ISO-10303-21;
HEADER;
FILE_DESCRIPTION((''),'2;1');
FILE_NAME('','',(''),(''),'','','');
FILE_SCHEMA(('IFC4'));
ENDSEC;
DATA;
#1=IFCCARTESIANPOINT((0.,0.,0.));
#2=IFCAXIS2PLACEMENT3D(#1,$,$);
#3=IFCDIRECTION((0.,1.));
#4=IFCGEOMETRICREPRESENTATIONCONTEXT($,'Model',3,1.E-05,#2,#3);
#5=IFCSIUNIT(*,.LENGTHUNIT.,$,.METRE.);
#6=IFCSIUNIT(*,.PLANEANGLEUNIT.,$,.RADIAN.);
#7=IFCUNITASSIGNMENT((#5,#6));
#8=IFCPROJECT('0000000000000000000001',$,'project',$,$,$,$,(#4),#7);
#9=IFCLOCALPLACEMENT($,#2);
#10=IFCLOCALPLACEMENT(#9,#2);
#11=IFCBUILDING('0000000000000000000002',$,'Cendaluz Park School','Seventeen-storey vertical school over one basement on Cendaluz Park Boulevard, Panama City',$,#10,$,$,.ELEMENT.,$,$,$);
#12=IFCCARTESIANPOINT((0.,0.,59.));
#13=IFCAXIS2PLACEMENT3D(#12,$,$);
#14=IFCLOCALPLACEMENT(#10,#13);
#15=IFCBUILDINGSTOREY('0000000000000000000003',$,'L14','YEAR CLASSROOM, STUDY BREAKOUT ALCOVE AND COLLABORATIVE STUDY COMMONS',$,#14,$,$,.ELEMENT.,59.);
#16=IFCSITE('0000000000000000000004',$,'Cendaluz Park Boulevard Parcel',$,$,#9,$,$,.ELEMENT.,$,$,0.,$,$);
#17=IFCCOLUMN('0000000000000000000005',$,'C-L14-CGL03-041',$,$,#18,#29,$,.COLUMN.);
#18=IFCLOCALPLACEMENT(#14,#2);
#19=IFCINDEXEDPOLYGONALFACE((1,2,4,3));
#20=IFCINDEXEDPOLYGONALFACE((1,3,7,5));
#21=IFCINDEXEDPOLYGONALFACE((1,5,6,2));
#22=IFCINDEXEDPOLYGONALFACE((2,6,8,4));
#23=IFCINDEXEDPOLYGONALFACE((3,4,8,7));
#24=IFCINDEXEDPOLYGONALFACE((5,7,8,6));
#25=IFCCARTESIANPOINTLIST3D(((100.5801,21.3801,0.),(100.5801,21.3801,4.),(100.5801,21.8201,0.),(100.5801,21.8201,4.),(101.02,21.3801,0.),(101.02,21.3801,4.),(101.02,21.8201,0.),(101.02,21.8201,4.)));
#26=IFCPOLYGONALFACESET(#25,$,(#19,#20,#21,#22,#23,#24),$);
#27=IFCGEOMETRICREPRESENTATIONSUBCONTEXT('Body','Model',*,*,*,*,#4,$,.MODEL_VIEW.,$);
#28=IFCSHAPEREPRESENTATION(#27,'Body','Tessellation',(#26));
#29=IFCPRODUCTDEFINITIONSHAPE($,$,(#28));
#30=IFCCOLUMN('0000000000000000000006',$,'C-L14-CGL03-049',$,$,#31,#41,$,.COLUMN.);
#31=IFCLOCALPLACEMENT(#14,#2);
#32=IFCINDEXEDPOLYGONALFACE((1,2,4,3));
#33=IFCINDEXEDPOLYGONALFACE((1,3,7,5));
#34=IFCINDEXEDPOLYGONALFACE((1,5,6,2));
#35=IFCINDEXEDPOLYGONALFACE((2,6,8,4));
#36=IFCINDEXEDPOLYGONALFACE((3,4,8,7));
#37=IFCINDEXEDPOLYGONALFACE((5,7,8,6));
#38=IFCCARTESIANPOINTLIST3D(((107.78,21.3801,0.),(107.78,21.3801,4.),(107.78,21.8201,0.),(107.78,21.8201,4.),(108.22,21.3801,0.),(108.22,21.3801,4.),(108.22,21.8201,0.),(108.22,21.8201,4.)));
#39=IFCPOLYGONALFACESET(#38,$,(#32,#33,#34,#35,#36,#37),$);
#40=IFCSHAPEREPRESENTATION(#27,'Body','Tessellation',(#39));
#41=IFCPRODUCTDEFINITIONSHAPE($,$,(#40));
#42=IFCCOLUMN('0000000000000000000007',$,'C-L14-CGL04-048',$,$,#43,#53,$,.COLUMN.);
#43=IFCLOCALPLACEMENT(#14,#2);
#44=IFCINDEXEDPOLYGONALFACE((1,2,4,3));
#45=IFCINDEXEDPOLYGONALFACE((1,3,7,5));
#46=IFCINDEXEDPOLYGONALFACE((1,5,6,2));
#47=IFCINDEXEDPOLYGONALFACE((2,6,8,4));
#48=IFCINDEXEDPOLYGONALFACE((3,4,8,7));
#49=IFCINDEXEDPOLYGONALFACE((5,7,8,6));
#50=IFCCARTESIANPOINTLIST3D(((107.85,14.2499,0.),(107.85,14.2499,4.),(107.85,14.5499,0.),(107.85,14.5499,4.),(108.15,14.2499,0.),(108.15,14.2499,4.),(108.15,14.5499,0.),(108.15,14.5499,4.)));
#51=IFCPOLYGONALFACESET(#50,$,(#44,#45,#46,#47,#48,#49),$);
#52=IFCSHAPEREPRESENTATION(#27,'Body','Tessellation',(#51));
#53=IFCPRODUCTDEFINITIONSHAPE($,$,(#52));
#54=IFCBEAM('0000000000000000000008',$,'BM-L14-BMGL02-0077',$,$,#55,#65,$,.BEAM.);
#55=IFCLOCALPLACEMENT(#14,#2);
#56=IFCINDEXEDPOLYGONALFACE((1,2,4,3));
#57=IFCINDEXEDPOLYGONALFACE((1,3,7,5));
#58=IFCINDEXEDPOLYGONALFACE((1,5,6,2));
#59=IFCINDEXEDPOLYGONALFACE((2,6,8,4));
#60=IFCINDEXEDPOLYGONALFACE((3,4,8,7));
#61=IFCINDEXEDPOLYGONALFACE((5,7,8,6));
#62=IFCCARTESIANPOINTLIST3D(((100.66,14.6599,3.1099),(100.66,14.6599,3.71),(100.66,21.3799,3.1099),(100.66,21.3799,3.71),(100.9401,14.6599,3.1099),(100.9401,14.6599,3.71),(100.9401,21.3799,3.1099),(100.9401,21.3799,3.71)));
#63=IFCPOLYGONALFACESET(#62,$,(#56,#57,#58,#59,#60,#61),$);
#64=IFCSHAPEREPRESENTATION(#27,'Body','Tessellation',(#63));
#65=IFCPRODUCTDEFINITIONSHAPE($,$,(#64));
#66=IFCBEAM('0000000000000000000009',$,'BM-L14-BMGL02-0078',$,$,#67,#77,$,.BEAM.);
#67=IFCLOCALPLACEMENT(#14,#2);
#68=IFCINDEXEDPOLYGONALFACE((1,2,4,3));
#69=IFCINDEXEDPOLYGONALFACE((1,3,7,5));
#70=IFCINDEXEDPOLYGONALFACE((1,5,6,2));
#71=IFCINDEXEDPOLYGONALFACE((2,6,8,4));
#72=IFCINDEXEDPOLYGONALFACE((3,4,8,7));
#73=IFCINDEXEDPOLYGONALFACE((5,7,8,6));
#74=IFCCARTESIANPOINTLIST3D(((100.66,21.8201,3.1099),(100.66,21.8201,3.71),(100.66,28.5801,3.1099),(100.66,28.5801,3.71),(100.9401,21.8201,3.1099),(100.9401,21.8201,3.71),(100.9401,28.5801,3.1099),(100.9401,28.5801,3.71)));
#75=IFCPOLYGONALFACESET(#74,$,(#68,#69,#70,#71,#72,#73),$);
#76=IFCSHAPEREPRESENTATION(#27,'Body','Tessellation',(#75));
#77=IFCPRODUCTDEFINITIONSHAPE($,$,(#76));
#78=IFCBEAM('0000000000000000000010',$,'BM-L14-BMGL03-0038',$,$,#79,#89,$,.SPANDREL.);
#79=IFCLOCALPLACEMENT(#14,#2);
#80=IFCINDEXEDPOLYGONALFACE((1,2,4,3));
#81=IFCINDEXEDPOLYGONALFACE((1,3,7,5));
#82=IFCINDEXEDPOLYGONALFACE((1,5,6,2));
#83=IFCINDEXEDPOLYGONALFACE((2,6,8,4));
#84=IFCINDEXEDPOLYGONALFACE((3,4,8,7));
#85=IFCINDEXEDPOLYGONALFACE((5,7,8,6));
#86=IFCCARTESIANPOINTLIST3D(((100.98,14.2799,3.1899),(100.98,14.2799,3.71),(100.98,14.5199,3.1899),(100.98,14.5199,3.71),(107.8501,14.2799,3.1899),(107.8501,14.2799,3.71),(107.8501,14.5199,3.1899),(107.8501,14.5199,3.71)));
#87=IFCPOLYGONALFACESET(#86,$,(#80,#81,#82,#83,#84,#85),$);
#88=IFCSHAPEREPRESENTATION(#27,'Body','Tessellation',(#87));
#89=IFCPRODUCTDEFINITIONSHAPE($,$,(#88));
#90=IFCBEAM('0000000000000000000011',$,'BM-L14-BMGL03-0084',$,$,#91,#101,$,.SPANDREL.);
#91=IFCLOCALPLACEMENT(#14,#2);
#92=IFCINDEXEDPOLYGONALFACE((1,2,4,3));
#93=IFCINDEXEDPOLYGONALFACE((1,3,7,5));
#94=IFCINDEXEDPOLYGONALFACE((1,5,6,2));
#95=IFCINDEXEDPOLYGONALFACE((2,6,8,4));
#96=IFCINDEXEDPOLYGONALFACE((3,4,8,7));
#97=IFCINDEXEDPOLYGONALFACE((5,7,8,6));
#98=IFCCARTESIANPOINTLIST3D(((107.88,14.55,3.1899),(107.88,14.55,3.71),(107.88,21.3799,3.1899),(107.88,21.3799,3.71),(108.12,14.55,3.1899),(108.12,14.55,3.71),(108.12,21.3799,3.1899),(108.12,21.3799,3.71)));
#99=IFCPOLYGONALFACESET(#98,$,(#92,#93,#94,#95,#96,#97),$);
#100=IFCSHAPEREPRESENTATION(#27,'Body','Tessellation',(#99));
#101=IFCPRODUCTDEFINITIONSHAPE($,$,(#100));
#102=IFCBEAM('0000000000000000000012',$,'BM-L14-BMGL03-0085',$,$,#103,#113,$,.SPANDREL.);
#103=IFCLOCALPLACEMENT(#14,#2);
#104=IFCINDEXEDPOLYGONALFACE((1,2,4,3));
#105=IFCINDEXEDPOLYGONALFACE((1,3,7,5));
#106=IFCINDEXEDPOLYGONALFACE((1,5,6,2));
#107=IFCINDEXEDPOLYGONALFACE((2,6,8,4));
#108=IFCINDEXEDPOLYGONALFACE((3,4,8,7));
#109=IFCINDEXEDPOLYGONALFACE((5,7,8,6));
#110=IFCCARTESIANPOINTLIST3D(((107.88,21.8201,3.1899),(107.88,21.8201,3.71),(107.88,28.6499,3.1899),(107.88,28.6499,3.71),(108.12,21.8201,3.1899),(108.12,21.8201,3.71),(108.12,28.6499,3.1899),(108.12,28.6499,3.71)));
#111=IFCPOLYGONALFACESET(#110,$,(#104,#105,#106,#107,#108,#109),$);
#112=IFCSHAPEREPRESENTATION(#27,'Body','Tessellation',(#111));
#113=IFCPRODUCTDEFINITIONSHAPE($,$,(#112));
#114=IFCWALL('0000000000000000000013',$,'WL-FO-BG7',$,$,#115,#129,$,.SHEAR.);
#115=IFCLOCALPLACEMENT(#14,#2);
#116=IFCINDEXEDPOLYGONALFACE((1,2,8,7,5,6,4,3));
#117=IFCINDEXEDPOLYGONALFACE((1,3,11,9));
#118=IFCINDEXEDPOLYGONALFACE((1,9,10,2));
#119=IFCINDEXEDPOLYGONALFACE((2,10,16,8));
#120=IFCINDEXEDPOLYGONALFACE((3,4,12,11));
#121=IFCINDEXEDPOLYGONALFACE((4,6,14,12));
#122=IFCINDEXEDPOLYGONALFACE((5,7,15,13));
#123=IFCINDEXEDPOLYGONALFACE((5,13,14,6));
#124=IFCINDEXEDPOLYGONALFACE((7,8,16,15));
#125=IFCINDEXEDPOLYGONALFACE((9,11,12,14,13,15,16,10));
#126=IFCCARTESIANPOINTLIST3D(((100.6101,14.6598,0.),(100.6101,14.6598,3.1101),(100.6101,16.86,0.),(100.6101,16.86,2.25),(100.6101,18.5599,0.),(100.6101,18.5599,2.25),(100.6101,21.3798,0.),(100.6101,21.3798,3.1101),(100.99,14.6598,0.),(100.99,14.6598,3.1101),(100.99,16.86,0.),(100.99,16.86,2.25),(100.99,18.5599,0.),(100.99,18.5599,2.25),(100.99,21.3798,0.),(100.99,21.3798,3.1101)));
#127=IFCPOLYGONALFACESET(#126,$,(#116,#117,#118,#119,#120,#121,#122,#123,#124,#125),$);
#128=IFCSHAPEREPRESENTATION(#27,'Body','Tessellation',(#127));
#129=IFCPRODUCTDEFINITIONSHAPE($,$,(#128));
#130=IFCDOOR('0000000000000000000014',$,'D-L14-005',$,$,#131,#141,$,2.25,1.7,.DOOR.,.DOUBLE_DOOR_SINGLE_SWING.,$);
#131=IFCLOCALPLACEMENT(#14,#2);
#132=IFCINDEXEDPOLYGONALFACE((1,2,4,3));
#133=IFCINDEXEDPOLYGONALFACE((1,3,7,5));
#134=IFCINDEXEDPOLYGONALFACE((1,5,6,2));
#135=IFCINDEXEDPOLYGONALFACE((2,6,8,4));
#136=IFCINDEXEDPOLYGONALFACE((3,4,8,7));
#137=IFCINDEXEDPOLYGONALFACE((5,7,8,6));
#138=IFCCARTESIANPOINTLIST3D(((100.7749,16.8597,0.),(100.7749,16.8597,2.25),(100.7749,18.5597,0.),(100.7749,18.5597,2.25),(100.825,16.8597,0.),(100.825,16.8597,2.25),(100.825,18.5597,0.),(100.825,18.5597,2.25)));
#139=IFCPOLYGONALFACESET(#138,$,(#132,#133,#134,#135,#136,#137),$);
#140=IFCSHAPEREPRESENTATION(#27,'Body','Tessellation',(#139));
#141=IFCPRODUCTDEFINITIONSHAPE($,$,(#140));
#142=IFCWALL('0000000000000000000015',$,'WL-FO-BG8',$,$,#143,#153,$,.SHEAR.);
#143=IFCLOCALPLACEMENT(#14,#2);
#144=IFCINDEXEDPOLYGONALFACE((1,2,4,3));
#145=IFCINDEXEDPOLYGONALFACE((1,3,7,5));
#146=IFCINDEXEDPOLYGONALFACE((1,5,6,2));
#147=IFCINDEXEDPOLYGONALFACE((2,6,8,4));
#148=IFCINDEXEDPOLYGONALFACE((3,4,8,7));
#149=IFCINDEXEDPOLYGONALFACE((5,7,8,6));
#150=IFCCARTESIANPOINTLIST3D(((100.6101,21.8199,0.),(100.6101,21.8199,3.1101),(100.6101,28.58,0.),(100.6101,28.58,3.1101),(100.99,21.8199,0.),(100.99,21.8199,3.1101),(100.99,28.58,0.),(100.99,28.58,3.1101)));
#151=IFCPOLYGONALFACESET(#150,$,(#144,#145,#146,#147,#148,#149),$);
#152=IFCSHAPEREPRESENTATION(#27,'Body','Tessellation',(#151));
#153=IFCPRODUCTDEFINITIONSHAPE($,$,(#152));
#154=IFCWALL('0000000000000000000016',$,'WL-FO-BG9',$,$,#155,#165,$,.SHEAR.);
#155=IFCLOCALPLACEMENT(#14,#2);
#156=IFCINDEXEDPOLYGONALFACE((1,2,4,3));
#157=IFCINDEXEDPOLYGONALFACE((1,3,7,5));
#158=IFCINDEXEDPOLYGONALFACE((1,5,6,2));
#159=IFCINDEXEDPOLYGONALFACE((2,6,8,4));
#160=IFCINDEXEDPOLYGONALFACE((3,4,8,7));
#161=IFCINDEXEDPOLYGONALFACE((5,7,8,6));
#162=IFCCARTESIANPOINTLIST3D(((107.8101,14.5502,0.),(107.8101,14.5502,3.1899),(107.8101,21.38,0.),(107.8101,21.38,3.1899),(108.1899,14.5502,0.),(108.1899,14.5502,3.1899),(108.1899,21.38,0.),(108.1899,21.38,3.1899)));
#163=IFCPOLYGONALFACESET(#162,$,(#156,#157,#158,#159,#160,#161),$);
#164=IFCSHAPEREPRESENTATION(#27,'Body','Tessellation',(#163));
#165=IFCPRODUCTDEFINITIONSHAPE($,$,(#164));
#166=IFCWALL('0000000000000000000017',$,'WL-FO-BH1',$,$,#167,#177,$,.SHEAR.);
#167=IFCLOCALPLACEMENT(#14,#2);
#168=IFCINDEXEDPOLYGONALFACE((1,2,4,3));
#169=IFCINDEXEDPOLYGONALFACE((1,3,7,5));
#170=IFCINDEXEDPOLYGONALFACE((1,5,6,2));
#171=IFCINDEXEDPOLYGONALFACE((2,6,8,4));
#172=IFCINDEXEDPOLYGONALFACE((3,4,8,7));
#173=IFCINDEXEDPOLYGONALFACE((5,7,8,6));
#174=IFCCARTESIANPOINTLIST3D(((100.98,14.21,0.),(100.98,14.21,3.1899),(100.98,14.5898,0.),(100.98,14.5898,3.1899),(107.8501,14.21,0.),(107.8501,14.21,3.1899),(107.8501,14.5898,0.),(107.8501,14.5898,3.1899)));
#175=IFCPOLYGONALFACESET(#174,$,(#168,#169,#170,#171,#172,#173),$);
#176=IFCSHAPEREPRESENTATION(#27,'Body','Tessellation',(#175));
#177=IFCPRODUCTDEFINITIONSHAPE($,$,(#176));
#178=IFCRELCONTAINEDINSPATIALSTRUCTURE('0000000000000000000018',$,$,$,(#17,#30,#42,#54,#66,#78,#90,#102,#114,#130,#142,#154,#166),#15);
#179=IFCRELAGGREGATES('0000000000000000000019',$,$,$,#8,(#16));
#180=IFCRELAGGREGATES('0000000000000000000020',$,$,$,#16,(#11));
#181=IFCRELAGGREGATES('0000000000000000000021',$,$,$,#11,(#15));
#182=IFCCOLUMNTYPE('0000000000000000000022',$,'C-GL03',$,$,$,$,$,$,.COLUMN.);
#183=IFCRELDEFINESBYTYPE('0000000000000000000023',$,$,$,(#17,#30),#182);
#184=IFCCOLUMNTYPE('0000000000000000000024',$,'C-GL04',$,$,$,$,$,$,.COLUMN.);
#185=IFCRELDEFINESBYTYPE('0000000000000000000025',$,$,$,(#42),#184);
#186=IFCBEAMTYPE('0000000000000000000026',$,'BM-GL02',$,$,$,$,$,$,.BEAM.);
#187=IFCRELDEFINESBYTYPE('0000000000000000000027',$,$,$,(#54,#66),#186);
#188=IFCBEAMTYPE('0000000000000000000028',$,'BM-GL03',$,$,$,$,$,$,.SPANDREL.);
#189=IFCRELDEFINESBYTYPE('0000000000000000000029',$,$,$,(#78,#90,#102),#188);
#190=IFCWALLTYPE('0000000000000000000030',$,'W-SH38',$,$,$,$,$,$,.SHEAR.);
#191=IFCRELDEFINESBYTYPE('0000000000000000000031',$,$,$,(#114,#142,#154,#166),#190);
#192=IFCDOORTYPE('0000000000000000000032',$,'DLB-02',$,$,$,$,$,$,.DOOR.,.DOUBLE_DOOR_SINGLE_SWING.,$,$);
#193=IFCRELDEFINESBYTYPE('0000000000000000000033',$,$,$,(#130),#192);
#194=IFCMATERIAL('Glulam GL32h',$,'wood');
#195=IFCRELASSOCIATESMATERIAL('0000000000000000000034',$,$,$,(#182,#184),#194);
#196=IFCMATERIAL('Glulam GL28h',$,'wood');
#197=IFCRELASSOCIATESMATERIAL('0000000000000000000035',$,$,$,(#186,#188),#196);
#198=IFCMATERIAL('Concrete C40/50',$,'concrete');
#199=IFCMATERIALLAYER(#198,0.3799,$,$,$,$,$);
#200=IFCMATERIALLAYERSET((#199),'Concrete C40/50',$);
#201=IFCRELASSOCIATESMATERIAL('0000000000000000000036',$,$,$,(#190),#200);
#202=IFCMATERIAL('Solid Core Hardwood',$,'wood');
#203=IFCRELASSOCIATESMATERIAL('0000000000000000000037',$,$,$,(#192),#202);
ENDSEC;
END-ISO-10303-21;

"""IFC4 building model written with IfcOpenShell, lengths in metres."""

from ifc_helpers import new_model, si_unit, direction, frame, frame_2d, origin, origin_2d, place, context, subcontext, project, spatial, rectangle, extrude, material, layer, layer_set, material_profile, profile_set, type_object, element, fill, save


model = new_model("IFC4")

# Units and contexts
model_context = context("Model", 3, precision=1e-05, world=origin(), true_north=direction((0.0, 1.0)))
body_context = subcontext(model_context, "Body", "Model", "MODEL_VIEW")
ifc_project = project(units=[si_unit("LENGTHUNIT", "METRE"), si_unit("PLANEANGLEUNIT", "RADIAN")], contexts=[model_context])

# Site, building, storey
site_placement = place(None, origin())
site = spatial("IfcSite", under=ifc_project, at=site_placement, Name="Cendaluz Park Boulevard Parcel", CompositionType="ELEMENT", RefElevation=0.0)
building_placement = place(site_placement, origin())
building = spatial("IfcBuilding", under=site, at=building_placement, Name="Cendaluz Park School", Description="Seventeen-storey vertical school over one basement on Cendaluz Park Boulevard, Panama City", CompositionType="ELEMENT")
storey_placement = place(building_placement, frame((0.0, 0.0, 59.0)))
storey = spatial("IfcBuildingStorey", under=building, at=storey_placement, Name="L14", Description="YEAR CLASSROOM, STUDY BREAKOUT ALCOVE AND COLLABORATIVE STUDY COMMONS", CompositionType="ELEMENT", Elevation=59.0)

# Columns
ifc_material_1 = material(Name="Glulam GL32h", Category="wood")
ifc_material_profile_1 = material_profile(ifc_material_1, rectangle(XDim=0.4399, YDim=0.4399, at=origin_2d()), Name="GL32h 440x440", Category="wood")
ifc_profile_set_1 = profile_set([ifc_material_profile_1], Name="Glulam GL32h")
column_type_1 = type_object("IfcColumnType", Name="C-GL03", PredefinedType="COLUMN", material=ifc_profile_set_1)
for number, where, z_axis, x_axis, name in (
    (1, (100.8, 21.6001, 0.0), (0.0, 0.0, 1.0), (1.0, 0.0, 0.0), "C-L14-CGL03-041"),
    (2, (108.0, 21.6001, 0.0), (0.0, 0.0, 1.0), (1.0, 0.0, 0.0), "C-L14-CGL03-049"),
):
    element("IfcColumn", number, at=place(storey_placement, frame(where, z_axis=z_axis, x_axis=x_axis)), inside=storey, type_object=column_type_1, Name=name, PredefinedType="COLUMN", context=body_context, shape_type="SweptSolid", body=[
        extrude(rectangle(XDim=0.4399, YDim=0.4399, at=origin_2d()), origin(), (0.0, 0.0, 1.0), 4.0),
    ])
ifc_material_profile_2 = material_profile(ifc_material_1, rectangle(XDim=0.3, YDim=0.3, at=origin_2d()), Name="GL32h 300x300", Category="wood")
ifc_profile_set_2 = profile_set([ifc_material_profile_2], Name="Glulam GL32h")
column_type_2 = type_object("IfcColumnType", Name="C-GL04", PredefinedType="COLUMN", material=ifc_profile_set_2)
column_placement = place(storey_placement, frame((108.0, 14.3999, 0.0), z_axis=(0.0, 0.0, 1.0), x_axis=(1.0, 0.0, 0.0)))
element("IfcColumn", 3, at=column_placement, inside=storey, type_object=column_type_2, Name="C-L14-CGL04-048", PredefinedType="COLUMN", context=body_context, shape_type="SweptSolid", body=[
    extrude(rectangle(XDim=0.3, YDim=0.3, at=origin_2d()), origin(), (0.0, 0.0, 1.0), 4.0),
])

# Beams
ifc_material_2 = material(Name="Glulam GL28h", Category="wood")
ifc_material_profile_3 = material_profile(ifc_material_2, rectangle(XDim=0.28, YDim=0.6001, at=origin_2d()), Name="GL28h 280x600", Category="wood")
ifc_profile_set_3 = profile_set([ifc_material_profile_3], Name="Glulam GL28h")
beam_type_1 = type_object("IfcBeamType", Name="BM-GL02", PredefinedType="BEAM", material=ifc_profile_set_3)
beam_1_placement = place(storey_placement, frame((100.8, 14.6599, 3.4099), z_axis=(0.0, 1.0, 0.0), x_axis=(-1.0, 0.0, 0.0)))
element("IfcBeam", 4, at=beam_1_placement, inside=storey, type_object=beam_type_1, Name="BM-L14-BMGL02-0077", PredefinedType="BEAM", context=body_context, shape_type="SweptSolid", body=[
    extrude(rectangle(XDim=0.28, YDim=0.6001, at=origin_2d()), origin(), (0.0, 0.0, 1.0), 6.72),
])
beam_2_placement = place(storey_placement, frame((100.8, 21.8201, 3.4099), z_axis=(0.0, 1.0, 0.0), x_axis=(-1.0, 0.0, 0.0)))
element("IfcBeam", 5, at=beam_2_placement, inside=storey, type_object=beam_type_1, Name="BM-L14-BMGL02-0078", PredefinedType="BEAM", context=body_context, shape_type="SweptSolid", body=[
    extrude(rectangle(XDim=0.28, YDim=0.6001, at=origin_2d()), origin(), (0.0, 0.0, 1.0), 6.76),
])
ifc_material_profile_4 = material_profile(ifc_material_2, rectangle(XDim=0.24, YDim=0.52, at=origin_2d()), Name="GL28h 240x520", Category="wood")
ifc_profile_set_4 = profile_set([ifc_material_profile_4], Name="Glulam GL28h")
beam_type_2 = type_object("IfcBeamType", Name="BM-GL03", PredefinedType="SPANDREL", material=ifc_profile_set_4)
beam_3_placement = place(storey_placement, frame((100.98, 14.3999, 3.45), z_axis=(1.0, 0.0, 0.0), x_axis=(0.0, 1.0, 0.0)))
element("IfcBeam", 6, at=beam_3_placement, inside=storey, type_object=beam_type_2, Name="BM-L14-BMGL03-0038", PredefinedType="SPANDREL", context=body_context, shape_type="SweptSolid", body=[
    extrude(rectangle(XDim=0.24, YDim=0.52, at=origin_2d()), origin(), (0.0, 0.0, 1.0), 6.8701),
])
for number, where, z_axis, x_axis, name in (
    (7, (108.0, 14.55, 3.45), (0.0, 1.0, 0.0), (-1.0, 0.0, 0.0), "BM-L14-BMGL03-0084"),
    (8, (108.0, 21.8201, 3.45), (0.0, 1.0, 0.0), (-1.0, 0.0, 0.0), "BM-L14-BMGL03-0085"),
):
    element("IfcBeam", number, at=place(storey_placement, frame(where, z_axis=z_axis, x_axis=x_axis)), inside=storey, type_object=beam_type_2, Name=name, PredefinedType="SPANDREL", context=body_context, shape_type="SweptSolid", body=[
        extrude(rectangle(XDim=0.24, YDim=0.52, at=origin_2d()), origin(), (0.0, 0.0, 1.0), 6.8298),
    ])

# Shared definitions
ifc_material_3 = material(Name="Concrete C40/50", Category="concrete")
ifc_material_4 = material(Name="Solid Core Hardwood", Category="wood")

# Wall, opening, door
ifc_layer_1 = layer(ifc_material_3, 0.3799)
ifc_layer_set_1 = layer_set([ifc_layer_1], Name="Concrete C40/50")
wall_type_1 = type_object("IfcWallType", Name="W-SH38", PredefinedType="SHEAR", material=ifc_layer_set_1)
wall_1_placement = place(storey_placement, frame((100.8, 14.6599, 0.0), z_axis=(0.0, 0.0, 1.0), x_axis=(0.0, 1.0, 0.0)))
wall_1 = element("IfcWall", 9, at=wall_1_placement, inside=storey, type_object=wall_type_1, Name="WL-FO-BG7", PredefinedType="SHEAR", context=body_context, shape_type="SweptSolid", body=[
    extrude(rectangle(XDim=6.72, YDim=0.3799, at=frame_2d((3.3599, 0.0))), origin(), (0.0, 0.0, 1.0), 3.1101),
])
opening_1_placement = place(wall_1_placement, frame((2.2, 0.0, 0.0)))
opening_1 = element("IfcOpeningElement", 10, at=opening_1_placement, cuts=wall_1, PredefinedType="OPENING", context=body_context, shape_type="SweptSolid", body=[
    extrude(rectangle(XDim=1.7, YDim=2.25, at=frame_2d((0.8501, 1.125))), frame((0.0, 0.2019, 0.0), z_axis=(0.0, -1.0, 0.0), x_axis=(1.0, 0.0, 0.0)), (0.0, 0.0, 1.0), 0.4038),
])
door_type_1 = type_object("IfcDoorType", Name="DLB-02", OperationType="DOUBLE_DOOR_SINGLE_SWING", PredefinedType="DOOR", material=ifc_material_4)
door_1_placement = place(opening_1_placement, frame((1.7, 0.0, 0.0), z_axis=(0.0, 0.0, 1.0), x_axis=(-1.0, 0.0, 0.0)))
door_1 = element("IfcDoor", 11, at=door_1_placement, inside=storey, type_object=door_type_1, Name="D-L14-005", OperationType="DOUBLE_DOOR_SINGLE_SWING", OverallHeight=2.25, OverallWidth=1.7, PredefinedType="DOOR", context=body_context, shape_type="SweptSolid", body=[
    extrude(rectangle(XDim=1.7, YDim=2.25, at=frame_2d((0.8501, 1.125))), frame((0.0, 0.0249, 0.0), z_axis=(0.0, -1.0, 0.0), x_axis=(1.0, 0.0, 0.0)), (0.0, 0.0, 1.0), 0.05),
])
fill(opening_1, door_1)

# Walls
wall_2_placement = place(storey_placement, frame((100.8, 21.8201, 0.0), z_axis=(0.0, 0.0, 1.0), x_axis=(0.0, 1.0, 0.0)))
element("IfcWall", 12, at=wall_2_placement, inside=storey, type_object=wall_type_1, Name="WL-FO-BG8", PredefinedType="SHEAR", context=body_context, shape_type="SweptSolid", body=[
    extrude(rectangle(XDim=6.76, YDim=0.3799, at=frame_2d((3.3799, 0.0))), origin(), (0.0, 0.0, 1.0), 3.1101),
])
wall_3_placement = place(storey_placement, frame((108.0, 14.55, 0.0), z_axis=(0.0, 0.0, 1.0), x_axis=(0.0, 1.0, 0.0)))
element("IfcWall", 13, at=wall_3_placement, inside=storey, type_object=wall_type_1, Name="WL-FO-BG9", PredefinedType="SHEAR", context=body_context, shape_type="SweptSolid", body=[
    extrude(rectangle(XDim=6.8298, YDim=0.3799, at=frame_2d((3.415, 0.0))), origin(), (0.0, 0.0, 1.0), 3.1899),
])
wall_4_placement = place(storey_placement, frame((100.98, 14.3999, 0.0), z_axis=(0.0, 0.0, 1.0), x_axis=(1.0, 0.0, 0.0)))
element("IfcWall", 14, at=wall_4_placement, inside=storey, type_object=wall_type_1, Name="WL-FO-BH1", PredefinedType="SHEAR", context=body_context, shape_type="SweptSolid", body=[
    extrude(rectangle(XDim=6.8701, YDim=0.3799, at=frame_2d((3.4351, 0.0))), origin(), (0.0, 0.0, 1.0), 3.1899),
])

save(model, "model.ifc")
